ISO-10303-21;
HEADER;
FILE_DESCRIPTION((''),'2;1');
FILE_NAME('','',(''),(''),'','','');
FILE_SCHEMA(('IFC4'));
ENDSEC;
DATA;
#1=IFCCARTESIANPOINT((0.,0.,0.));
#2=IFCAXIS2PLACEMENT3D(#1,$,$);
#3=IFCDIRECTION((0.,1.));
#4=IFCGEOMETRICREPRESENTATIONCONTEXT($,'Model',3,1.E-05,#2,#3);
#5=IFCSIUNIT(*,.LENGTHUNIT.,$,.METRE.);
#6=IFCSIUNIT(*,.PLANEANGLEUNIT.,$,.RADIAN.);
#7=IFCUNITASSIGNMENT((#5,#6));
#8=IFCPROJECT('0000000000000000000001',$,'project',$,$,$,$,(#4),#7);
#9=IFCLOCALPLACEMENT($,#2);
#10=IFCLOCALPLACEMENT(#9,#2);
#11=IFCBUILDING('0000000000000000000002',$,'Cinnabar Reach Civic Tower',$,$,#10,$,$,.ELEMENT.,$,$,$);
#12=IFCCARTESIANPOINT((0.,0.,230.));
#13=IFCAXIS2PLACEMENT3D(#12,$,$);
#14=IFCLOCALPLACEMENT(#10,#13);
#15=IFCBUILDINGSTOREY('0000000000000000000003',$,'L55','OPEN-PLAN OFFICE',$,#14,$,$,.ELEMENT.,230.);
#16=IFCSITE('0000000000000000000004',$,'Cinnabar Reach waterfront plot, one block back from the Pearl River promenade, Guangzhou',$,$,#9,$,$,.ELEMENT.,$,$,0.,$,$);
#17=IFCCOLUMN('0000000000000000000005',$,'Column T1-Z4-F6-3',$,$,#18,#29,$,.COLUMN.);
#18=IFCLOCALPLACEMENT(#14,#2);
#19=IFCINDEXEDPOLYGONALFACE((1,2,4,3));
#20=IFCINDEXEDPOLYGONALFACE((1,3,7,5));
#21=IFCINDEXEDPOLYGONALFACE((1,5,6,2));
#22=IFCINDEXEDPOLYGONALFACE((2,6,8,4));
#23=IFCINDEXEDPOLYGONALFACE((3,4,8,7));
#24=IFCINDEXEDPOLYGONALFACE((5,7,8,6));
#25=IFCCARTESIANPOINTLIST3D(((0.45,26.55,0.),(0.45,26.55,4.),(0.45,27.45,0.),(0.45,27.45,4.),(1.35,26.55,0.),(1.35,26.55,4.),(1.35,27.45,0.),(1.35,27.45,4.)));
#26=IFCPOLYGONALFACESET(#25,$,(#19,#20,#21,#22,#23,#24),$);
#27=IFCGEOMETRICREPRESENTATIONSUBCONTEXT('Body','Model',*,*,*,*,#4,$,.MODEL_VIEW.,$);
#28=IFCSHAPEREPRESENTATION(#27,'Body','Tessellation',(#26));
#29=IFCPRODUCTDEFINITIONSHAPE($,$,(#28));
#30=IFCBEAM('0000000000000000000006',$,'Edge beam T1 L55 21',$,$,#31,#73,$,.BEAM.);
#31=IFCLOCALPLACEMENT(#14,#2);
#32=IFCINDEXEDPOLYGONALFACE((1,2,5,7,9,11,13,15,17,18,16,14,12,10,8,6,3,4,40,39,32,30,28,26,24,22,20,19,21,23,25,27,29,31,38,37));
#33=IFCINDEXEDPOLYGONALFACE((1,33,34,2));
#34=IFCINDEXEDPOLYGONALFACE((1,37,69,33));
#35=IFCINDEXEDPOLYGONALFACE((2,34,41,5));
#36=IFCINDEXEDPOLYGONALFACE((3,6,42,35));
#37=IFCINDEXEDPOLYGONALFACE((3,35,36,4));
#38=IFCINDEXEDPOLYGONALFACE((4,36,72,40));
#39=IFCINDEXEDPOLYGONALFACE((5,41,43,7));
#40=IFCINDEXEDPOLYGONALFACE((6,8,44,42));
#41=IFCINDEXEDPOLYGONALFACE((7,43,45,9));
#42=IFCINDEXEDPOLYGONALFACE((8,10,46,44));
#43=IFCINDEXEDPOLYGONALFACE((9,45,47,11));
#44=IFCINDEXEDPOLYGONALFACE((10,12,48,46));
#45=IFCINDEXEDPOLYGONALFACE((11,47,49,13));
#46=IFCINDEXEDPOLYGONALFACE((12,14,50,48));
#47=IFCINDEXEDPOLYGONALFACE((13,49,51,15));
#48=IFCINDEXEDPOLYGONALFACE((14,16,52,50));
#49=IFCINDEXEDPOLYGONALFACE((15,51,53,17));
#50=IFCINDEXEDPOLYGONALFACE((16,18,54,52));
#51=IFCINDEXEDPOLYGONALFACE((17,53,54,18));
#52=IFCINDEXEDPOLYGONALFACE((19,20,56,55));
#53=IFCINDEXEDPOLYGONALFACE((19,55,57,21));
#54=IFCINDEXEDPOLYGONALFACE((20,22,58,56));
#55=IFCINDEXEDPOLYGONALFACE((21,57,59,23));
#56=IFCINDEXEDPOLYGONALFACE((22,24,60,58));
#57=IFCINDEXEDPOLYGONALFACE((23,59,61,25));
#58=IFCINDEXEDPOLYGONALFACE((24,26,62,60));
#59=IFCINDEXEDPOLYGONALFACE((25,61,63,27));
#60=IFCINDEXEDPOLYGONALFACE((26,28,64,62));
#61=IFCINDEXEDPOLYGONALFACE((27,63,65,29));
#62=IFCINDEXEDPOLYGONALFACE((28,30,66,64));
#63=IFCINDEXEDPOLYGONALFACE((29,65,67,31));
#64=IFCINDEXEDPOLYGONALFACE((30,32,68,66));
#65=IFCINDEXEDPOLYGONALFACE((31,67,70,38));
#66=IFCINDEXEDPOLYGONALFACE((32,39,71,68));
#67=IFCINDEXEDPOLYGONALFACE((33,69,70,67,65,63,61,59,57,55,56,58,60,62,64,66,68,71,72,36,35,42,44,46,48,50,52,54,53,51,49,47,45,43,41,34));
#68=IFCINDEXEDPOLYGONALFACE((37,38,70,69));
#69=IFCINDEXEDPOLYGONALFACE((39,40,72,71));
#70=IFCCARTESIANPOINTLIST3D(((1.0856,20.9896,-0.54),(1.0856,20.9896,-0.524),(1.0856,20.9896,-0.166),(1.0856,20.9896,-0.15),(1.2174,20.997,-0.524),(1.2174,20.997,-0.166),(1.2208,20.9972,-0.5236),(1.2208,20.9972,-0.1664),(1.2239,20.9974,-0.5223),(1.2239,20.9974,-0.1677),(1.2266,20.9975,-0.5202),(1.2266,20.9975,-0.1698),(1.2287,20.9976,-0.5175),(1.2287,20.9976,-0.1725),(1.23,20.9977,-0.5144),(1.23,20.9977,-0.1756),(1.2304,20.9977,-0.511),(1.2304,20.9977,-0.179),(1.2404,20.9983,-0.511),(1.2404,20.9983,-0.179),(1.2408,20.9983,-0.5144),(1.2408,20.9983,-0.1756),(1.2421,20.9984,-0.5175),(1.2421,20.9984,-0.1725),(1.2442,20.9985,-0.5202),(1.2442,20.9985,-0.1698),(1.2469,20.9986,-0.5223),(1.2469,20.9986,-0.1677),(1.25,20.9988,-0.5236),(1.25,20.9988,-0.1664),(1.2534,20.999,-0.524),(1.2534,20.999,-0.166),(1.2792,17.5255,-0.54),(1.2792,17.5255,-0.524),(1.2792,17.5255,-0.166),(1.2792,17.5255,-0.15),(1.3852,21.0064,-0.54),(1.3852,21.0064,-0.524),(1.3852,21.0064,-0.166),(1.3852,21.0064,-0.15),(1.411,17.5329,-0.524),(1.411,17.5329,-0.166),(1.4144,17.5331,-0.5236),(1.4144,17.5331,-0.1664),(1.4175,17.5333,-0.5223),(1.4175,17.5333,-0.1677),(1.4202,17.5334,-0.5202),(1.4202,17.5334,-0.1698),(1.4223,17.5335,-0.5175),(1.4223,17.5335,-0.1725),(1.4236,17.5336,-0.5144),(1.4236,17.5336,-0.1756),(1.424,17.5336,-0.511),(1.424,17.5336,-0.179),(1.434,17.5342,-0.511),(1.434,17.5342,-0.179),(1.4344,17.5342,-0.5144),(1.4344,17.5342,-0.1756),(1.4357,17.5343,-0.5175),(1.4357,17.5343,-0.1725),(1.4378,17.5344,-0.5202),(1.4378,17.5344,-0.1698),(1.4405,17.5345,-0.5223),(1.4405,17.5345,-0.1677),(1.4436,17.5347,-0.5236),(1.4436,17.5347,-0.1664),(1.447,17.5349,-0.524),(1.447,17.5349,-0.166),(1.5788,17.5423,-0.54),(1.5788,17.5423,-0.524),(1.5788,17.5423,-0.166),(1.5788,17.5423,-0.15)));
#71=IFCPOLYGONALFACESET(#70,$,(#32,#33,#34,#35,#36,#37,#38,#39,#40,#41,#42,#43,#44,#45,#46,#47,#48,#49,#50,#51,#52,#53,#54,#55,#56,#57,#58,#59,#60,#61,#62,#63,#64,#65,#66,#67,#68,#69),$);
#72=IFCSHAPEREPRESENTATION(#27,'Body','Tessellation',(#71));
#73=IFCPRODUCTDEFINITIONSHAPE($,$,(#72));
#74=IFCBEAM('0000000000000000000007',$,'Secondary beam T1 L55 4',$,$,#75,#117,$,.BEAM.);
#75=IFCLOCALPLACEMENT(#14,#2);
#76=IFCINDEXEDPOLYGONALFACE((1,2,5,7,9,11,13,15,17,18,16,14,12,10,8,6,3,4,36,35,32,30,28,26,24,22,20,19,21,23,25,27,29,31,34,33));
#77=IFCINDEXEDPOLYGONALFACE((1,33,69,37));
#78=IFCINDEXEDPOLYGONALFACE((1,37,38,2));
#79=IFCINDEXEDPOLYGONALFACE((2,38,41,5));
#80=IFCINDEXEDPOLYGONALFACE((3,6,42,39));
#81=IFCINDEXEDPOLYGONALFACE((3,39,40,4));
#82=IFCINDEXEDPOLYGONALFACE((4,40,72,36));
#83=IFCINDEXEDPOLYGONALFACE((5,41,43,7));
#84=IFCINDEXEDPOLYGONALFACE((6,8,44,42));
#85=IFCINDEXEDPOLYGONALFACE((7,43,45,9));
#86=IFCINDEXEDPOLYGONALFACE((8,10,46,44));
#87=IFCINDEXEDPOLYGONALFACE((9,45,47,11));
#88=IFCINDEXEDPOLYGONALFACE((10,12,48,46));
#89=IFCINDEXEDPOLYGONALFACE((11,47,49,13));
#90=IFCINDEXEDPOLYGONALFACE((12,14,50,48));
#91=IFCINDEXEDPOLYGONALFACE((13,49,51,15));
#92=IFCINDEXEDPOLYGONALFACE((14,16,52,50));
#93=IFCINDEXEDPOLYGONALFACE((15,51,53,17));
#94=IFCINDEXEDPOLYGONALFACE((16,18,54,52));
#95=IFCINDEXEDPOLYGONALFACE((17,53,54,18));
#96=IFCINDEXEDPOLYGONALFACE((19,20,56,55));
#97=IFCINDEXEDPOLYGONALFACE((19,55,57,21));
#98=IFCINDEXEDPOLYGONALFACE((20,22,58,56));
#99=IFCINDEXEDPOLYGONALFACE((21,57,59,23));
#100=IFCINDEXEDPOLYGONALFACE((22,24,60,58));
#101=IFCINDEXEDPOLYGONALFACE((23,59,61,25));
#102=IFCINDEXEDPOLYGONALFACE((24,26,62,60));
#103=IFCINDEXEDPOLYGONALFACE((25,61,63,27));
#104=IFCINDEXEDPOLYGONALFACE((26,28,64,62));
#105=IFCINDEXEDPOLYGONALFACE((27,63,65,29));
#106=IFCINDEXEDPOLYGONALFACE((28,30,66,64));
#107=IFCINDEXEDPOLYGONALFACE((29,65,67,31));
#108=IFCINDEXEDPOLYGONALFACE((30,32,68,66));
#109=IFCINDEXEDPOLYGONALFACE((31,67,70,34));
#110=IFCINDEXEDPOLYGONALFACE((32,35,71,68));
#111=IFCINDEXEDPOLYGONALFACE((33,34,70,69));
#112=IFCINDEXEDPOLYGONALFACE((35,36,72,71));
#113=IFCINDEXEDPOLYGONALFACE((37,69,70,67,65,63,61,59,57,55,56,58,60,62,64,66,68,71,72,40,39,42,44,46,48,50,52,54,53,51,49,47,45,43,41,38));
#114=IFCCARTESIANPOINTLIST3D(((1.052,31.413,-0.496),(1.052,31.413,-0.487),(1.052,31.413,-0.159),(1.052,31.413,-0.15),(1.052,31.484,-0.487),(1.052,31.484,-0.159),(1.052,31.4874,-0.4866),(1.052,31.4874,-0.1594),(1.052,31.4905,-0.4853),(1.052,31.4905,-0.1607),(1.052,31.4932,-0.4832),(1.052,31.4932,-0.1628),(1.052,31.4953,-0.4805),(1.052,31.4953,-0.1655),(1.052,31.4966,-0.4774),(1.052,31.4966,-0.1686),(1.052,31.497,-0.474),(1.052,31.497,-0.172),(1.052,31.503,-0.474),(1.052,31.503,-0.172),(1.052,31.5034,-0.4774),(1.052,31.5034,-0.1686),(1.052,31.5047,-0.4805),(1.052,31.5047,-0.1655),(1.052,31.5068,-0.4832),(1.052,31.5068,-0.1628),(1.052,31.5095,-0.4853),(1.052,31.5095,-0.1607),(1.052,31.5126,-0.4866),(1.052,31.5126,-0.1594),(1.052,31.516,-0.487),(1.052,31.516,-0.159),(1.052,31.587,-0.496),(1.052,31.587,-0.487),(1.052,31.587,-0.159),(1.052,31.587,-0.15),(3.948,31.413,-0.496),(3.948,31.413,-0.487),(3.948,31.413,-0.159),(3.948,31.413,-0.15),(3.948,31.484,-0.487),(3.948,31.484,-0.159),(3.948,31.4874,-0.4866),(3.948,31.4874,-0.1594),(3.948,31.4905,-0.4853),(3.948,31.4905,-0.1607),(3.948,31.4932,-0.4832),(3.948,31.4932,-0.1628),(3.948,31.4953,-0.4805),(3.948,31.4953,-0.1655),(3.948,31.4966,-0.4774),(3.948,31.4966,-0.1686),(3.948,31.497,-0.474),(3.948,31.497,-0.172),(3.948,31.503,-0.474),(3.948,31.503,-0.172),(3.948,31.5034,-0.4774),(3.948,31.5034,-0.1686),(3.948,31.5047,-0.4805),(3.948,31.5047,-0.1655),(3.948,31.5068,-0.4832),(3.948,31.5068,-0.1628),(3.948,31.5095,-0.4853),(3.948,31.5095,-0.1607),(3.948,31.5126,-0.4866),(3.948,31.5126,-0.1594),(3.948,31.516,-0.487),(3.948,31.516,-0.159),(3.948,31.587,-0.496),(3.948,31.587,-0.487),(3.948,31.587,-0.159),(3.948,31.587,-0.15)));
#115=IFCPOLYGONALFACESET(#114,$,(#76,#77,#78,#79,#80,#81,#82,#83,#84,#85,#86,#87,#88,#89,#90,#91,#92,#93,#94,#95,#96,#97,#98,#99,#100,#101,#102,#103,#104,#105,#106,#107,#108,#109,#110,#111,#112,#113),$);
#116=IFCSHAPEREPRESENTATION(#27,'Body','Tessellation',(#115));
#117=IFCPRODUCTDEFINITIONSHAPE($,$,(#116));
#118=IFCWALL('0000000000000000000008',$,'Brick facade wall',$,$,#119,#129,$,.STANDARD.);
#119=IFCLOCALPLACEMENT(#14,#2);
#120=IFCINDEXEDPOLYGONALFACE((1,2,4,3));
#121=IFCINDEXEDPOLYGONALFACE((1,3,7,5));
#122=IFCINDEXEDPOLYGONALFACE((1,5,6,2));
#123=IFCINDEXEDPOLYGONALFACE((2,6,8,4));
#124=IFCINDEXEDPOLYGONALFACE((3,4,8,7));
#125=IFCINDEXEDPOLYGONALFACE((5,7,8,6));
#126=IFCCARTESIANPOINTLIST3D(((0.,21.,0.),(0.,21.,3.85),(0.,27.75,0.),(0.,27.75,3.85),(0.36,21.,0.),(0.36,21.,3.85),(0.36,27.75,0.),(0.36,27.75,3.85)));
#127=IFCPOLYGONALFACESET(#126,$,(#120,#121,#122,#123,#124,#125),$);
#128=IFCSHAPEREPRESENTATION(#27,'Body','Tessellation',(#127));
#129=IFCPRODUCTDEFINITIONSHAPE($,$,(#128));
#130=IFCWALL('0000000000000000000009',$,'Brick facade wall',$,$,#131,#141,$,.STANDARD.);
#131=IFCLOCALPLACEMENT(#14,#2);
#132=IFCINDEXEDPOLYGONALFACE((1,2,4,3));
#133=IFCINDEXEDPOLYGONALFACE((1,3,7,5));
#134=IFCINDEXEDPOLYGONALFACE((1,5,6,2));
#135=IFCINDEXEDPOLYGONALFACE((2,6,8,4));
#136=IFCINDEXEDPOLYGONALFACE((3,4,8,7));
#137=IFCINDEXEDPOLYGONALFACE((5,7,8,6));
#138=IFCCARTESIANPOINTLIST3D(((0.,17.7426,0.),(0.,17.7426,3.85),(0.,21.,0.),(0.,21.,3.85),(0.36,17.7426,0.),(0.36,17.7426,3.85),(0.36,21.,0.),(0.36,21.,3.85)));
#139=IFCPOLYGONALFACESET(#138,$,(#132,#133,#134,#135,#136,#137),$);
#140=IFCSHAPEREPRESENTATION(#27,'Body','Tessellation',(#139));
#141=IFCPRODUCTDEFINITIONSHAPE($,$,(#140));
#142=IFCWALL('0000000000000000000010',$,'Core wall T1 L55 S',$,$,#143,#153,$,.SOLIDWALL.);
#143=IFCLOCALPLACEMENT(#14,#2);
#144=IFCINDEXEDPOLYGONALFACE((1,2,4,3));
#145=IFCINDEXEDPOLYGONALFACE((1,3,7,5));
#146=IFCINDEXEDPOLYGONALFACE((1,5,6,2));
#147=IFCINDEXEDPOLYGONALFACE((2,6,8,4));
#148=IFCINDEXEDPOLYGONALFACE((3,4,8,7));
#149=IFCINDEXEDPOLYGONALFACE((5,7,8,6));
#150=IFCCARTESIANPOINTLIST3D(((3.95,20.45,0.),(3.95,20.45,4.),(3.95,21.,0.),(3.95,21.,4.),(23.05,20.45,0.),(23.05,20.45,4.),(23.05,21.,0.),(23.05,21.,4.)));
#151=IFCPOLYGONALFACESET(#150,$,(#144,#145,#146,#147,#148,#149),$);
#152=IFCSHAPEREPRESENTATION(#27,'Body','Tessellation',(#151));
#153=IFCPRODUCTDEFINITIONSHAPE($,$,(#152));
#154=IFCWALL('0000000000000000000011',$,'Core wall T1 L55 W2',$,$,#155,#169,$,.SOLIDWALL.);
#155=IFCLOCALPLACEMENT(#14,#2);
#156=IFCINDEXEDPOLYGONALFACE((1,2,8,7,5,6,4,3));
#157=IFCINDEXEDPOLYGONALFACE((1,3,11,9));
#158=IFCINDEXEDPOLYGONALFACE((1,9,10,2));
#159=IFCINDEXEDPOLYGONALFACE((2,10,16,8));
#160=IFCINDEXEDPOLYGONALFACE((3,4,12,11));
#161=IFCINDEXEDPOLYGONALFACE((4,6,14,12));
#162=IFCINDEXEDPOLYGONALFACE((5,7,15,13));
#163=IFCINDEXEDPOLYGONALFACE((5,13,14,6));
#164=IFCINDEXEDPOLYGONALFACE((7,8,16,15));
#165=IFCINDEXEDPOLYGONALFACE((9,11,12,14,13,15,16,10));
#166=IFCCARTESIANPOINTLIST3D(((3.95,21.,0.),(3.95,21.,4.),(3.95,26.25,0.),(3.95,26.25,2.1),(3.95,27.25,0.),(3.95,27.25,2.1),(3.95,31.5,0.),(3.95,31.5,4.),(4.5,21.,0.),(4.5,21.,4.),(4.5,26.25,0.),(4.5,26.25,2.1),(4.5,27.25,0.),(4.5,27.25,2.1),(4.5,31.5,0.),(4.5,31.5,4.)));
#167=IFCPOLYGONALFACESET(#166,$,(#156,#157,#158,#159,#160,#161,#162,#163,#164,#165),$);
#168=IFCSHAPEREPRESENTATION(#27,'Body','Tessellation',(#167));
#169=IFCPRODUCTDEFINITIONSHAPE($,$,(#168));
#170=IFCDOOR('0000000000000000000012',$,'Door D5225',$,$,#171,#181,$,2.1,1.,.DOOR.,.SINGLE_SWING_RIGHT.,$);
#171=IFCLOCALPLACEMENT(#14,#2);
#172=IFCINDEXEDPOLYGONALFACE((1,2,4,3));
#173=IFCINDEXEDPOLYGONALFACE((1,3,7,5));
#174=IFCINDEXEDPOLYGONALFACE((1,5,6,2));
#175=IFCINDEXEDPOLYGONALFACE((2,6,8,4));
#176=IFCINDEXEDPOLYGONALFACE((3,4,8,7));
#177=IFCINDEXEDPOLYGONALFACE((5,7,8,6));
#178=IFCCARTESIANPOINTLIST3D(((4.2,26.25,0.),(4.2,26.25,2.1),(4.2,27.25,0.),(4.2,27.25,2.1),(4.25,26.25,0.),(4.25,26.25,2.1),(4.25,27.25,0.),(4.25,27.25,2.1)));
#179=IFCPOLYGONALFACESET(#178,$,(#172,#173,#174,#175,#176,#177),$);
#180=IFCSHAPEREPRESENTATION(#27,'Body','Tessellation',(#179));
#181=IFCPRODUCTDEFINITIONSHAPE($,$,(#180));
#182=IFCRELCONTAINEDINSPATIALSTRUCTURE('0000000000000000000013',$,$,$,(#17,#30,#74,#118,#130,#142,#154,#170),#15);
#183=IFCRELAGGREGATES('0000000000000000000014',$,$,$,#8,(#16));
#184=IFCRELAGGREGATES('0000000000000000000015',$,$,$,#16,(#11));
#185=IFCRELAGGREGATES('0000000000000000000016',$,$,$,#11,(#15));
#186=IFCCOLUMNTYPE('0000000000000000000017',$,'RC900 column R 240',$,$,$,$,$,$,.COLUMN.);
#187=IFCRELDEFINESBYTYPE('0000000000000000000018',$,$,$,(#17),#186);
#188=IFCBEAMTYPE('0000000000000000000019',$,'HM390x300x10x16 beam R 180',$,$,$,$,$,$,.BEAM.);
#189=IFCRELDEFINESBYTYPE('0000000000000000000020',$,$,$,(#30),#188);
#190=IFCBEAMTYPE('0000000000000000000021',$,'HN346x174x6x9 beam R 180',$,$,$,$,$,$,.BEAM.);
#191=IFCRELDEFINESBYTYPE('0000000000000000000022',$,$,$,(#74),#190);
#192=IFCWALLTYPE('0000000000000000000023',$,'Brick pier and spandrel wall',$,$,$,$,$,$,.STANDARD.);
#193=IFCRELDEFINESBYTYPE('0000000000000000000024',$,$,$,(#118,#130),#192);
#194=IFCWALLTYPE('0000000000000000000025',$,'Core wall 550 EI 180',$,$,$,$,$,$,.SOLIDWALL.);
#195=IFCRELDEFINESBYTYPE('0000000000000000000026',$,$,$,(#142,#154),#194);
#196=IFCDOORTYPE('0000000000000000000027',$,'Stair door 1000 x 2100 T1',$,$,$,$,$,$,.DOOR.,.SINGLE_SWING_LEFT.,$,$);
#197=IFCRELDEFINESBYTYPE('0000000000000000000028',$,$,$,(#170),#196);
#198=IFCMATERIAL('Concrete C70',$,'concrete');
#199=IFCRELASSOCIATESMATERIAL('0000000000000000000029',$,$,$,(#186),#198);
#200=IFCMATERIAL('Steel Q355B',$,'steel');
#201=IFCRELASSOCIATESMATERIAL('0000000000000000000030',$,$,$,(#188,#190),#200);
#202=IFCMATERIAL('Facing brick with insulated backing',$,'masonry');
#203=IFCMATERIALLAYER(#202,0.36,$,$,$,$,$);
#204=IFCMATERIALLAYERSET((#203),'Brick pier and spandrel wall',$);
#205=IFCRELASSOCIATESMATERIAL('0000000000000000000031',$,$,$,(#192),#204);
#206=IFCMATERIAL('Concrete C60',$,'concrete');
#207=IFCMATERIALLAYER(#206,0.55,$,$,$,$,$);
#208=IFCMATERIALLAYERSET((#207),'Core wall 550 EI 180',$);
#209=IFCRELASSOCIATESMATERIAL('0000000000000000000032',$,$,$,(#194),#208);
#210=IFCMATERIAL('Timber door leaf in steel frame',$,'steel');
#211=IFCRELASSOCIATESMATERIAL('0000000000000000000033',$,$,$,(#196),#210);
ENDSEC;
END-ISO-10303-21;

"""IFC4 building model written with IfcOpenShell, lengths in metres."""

from ifc_helpers import new_model, si_unit, direction, frame, frame_2d, origin, origin_2d, place, context, subcontext, project, spatial, rectangle, i_section, extrude, material, layer, layer_set, material_profile, profile_set, type_object, element, fill, save


model = new_model("IFC4")

# Units and contexts
model_context = context("Model", 3, precision=1e-05, world=origin(), true_north=direction((0.0, 1.0)))
body_context = subcontext(model_context, "Body", "Model", "MODEL_VIEW")
ifc_project = project(units=[si_unit("LENGTHUNIT", "METRE"), si_unit("PLANEANGLEUNIT", "RADIAN")], contexts=[model_context])

# Site, building, storey
site_placement = place(None, origin())
site = spatial("IfcSite", under=ifc_project, at=site_placement, Name="Cinnabar Reach waterfront plot, one block back from the Pearl River promenade, Guangzhou", CompositionType="ELEMENT", RefElevation=0.0)
building_placement = place(site_placement, origin())
building = spatial("IfcBuilding", under=site, at=building_placement, Name="Cinnabar Reach Civic Tower", CompositionType="ELEMENT")
storey_placement = place(building_placement, frame((0.0, 0.0, 230.0)))
storey = spatial("IfcBuildingStorey", under=building, at=storey_placement, Name="L55", Description="OPEN-PLAN OFFICE", CompositionType="ELEMENT", Elevation=230.0)

# Column
ifc_material_1 = material(Name="Concrete C70", Category="concrete")
ifc_material_profile_1 = material_profile(ifc_material_1, rectangle(XDim=0.9, YDim=0.9, at=origin_2d()), Name="RC900")
ifc_profile_set_1 = profile_set([ifc_material_profile_1], Name="Concrete C70")
column_type = type_object("IfcColumnType", Name="RC900 column R 240", PredefinedType="COLUMN", material=ifc_profile_set_1)
column_placement = place(storey_placement, frame((0.9, 27.0, 0.0), z_axis=(0.0, 0.0, 1.0), x_axis=(1.0, 0.0, 0.0)))
element("IfcColumn", 1, at=column_placement, inside=storey, type_object=column_type, Name="Column T1-Z4-F6-3", PredefinedType="COLUMN", context=body_context, shape_type="SweptSolid", body=[
    extrude(rectangle(XDim=0.9, YDim=0.9, at=origin_2d()), origin(), (0.0, 0.0, 1.0), 4.0),
])

# Beams
ifc_material_2 = material(Name="Steel Q355B", Category="steel")
ifc_material_profile_2 = material_profile(ifc_material_2, i_section(OverallWidth=0.3, OverallDepth=0.39, WebThickness=0.01, FlangeThickness=0.016, FilletRadius=0.013, at=origin_2d()), Name="HM390x300x10x16")
ifc_profile_set_2 = profile_set([ifc_material_profile_2], Name="Steel Q355B")
beam_type_1 = type_object("IfcBeamType", Name="HM390x300x10x16 beam R 180", PredefinedType="BEAM", material=ifc_profile_set_2)
beam_1_placement = place(storey_placement, frame((1.2354, 20.998, -0.345), z_axis=(0.0558, -0.998442, 0.0), x_axis=(0.998442, 0.0558, 0.0)))
element("IfcBeam", 2, at=beam_1_placement, inside=storey, type_object=beam_type_1, Name="Edge beam T1 L55 21", PredefinedType="BEAM", context=body_context, shape_type="SweptSolid", body=[
    extrude(i_section(OverallWidth=0.3, OverallDepth=0.39, WebThickness=0.01, FlangeThickness=0.016, FilletRadius=0.013, at=origin_2d()), origin(), (0.0, 0.0, 1.0), 3.4695),
])
ifc_material_profile_3 = material_profile(ifc_material_2, i_section(OverallWidth=0.174, OverallDepth=0.346, WebThickness=0.006, FlangeThickness=0.009, FilletRadius=0.013, at=origin_2d()), Name="HN346x174x6x9")
ifc_profile_set_3 = profile_set([ifc_material_profile_3], Name="Steel Q355B")
beam_type_2 = type_object("IfcBeamType", Name="HN346x174x6x9 beam R 180", PredefinedType="BEAM", material=ifc_profile_set_3)
beam_2_placement = place(storey_placement, frame((1.052, 31.5, -0.323), z_axis=(1.0, 0.0, 0.0), x_axis=(0.0, 1.0, 0.0)))
element("IfcBeam", 3, at=beam_2_placement, inside=storey, type_object=beam_type_2, Name="Secondary beam T1 L55 4", PredefinedType="BEAM", context=body_context, shape_type="SweptSolid", body=[
    extrude(i_section(OverallWidth=0.174, OverallDepth=0.346, WebThickness=0.006, FlangeThickness=0.009, FilletRadius=0.013, at=origin_2d()), origin(), (0.0, 0.0, 1.0), 2.896),
])

# Walls
ifc_material_3 = material(Name="Facing brick with insulated backing", Category="masonry")
ifc_layer_1 = layer(ifc_material_3, 0.36)
ifc_layer_set_1 = layer_set([ifc_layer_1], Name="Brick pier and spandrel wall")
wall_type_1 = type_object("IfcWallType", Name="Brick pier and spandrel wall", PredefinedType="STANDARD", material=ifc_layer_set_1)
wall_1_placement = place(storey_placement, frame((0.18, 27.75, 0.0), z_axis=(0.0, 0.0, 1.0), x_axis=(0.0, -1.0, 0.0)))
element("IfcWall", 4, at=wall_1_placement, inside=storey, type_object=wall_type_1, Name="Brick facade wall", PredefinedType="STANDARD", context=body_context, shape_type="SweptSolid", body=[
    extrude(rectangle(XDim=6.75, YDim=0.36, at=frame_2d((3.375, 0.0))), origin(), (0.0, 0.0, 1.0), 3.85),
])
wall_2_placement = place(storey_placement, frame((0.18, 21.0, 0.0), z_axis=(0.0, 0.0, 1.0), x_axis=(0.0, -1.0, 0.0)))
element("IfcWall", 5, at=wall_2_placement, inside=storey, type_object=wall_type_1, Name="Brick facade wall", PredefinedType="STANDARD", context=body_context, shape_type="SweptSolid", body=[
    extrude(rectangle(XDim=3.2574, YDim=0.36, at=frame_2d((1.6287, 0.0))), origin(), (0.0, 0.0, 1.0), 3.85),
])
ifc_material_4 = material(Name="Concrete C60", Category="concrete")
ifc_layer_2 = layer(ifc_material_4, 0.55)
ifc_layer_set_2 = layer_set([ifc_layer_2], Name="Core wall 550 EI 180")
wall_type_2 = type_object("IfcWallType", Name="Core wall 550 EI 180", PredefinedType="SOLIDWALL", material=ifc_layer_set_2)
wall_3_placement = place(storey_placement, frame((3.95, 20.725, 0.0), z_axis=(0.0, 0.0, 1.0), x_axis=(1.0, 0.0, 0.0)))
element("IfcWall", 6, at=wall_3_placement, inside=storey, type_object=wall_type_2, Name="Core wall T1 L55 S", PredefinedType="SOLIDWALL", context=body_context, shape_type="SweptSolid", body=[
    extrude(rectangle(XDim=19.1, YDim=0.55, at=frame_2d((9.55, 0.0))), origin(), (0.0, 0.0, 1.0), 4.0),
])

# Wall, opening, door
wall_4_placement = place(storey_placement, frame((4.225, 31.5, 0.0), z_axis=(0.0, 0.0, 1.0), x_axis=(0.0, -1.0, 0.0)))
wall_4 = element("IfcWall", 7, at=wall_4_placement, inside=storey, type_object=wall_type_2, Name="Core wall T1 L55 W2", PredefinedType="SOLIDWALL", context=body_context, shape_type="SweptSolid", body=[
    extrude(rectangle(XDim=10.5, YDim=0.55, at=frame_2d((5.25, 0.0))), origin(), (0.0, 0.0, 1.0), 4.0),
])
opening_1_placement = place(wall_4_placement, frame((4.25, 0.0, 0.0)))
opening_1 = element("IfcOpeningElement", 8, at=opening_1_placement, cuts=wall_4, PredefinedType="OPENING", context=body_context, shape_type="SweptSolid", body=[
    extrude(rectangle(XDim=1.0, YDim=2.1, at=frame_2d((0.5, 1.05))), frame((0.0, 0.285, 0.0), z_axis=(0.0, -1.0, 0.0), x_axis=(1.0, 0.0, 0.0)), (0.0, 0.0, 1.0), 0.57),
])
ifc_material_5 = material(Name="Timber door leaf in steel frame", Category="steel")
door_type_1 = type_object("IfcDoorType", Name="Stair door 1000 x 2100 T1", OperationType="SINGLE_SWING_LEFT", PredefinedType="DOOR", material=ifc_material_5)
door_1_placement = place(opening_1_placement, frame((1.0, 0.0, 0.0), z_axis=(0.0, 0.0, 1.0), x_axis=(-1.0, 0.0, 0.0)))
door_1 = element("IfcDoor", 9, at=door_1_placement, inside=storey, type_object=door_type_1, Name="Door D5225", OperationType="SINGLE_SWING_RIGHT", OverallHeight=2.1, OverallWidth=1.0, PredefinedType="DOOR", context=body_context, shape_type="SweptSolid", body=[
    extrude(rectangle(XDim=1.0, YDim=2.1, at=frame_2d((0.5, 1.05))), frame((0.0, 0.025, 0.0), z_axis=(0.0, -1.0, 0.0), x_axis=(1.0, 0.0, 0.0)), (0.0, 0.0, 1.0), 0.05),
])
fill(opening_1, door_1)

save(model, "model.ifc")
